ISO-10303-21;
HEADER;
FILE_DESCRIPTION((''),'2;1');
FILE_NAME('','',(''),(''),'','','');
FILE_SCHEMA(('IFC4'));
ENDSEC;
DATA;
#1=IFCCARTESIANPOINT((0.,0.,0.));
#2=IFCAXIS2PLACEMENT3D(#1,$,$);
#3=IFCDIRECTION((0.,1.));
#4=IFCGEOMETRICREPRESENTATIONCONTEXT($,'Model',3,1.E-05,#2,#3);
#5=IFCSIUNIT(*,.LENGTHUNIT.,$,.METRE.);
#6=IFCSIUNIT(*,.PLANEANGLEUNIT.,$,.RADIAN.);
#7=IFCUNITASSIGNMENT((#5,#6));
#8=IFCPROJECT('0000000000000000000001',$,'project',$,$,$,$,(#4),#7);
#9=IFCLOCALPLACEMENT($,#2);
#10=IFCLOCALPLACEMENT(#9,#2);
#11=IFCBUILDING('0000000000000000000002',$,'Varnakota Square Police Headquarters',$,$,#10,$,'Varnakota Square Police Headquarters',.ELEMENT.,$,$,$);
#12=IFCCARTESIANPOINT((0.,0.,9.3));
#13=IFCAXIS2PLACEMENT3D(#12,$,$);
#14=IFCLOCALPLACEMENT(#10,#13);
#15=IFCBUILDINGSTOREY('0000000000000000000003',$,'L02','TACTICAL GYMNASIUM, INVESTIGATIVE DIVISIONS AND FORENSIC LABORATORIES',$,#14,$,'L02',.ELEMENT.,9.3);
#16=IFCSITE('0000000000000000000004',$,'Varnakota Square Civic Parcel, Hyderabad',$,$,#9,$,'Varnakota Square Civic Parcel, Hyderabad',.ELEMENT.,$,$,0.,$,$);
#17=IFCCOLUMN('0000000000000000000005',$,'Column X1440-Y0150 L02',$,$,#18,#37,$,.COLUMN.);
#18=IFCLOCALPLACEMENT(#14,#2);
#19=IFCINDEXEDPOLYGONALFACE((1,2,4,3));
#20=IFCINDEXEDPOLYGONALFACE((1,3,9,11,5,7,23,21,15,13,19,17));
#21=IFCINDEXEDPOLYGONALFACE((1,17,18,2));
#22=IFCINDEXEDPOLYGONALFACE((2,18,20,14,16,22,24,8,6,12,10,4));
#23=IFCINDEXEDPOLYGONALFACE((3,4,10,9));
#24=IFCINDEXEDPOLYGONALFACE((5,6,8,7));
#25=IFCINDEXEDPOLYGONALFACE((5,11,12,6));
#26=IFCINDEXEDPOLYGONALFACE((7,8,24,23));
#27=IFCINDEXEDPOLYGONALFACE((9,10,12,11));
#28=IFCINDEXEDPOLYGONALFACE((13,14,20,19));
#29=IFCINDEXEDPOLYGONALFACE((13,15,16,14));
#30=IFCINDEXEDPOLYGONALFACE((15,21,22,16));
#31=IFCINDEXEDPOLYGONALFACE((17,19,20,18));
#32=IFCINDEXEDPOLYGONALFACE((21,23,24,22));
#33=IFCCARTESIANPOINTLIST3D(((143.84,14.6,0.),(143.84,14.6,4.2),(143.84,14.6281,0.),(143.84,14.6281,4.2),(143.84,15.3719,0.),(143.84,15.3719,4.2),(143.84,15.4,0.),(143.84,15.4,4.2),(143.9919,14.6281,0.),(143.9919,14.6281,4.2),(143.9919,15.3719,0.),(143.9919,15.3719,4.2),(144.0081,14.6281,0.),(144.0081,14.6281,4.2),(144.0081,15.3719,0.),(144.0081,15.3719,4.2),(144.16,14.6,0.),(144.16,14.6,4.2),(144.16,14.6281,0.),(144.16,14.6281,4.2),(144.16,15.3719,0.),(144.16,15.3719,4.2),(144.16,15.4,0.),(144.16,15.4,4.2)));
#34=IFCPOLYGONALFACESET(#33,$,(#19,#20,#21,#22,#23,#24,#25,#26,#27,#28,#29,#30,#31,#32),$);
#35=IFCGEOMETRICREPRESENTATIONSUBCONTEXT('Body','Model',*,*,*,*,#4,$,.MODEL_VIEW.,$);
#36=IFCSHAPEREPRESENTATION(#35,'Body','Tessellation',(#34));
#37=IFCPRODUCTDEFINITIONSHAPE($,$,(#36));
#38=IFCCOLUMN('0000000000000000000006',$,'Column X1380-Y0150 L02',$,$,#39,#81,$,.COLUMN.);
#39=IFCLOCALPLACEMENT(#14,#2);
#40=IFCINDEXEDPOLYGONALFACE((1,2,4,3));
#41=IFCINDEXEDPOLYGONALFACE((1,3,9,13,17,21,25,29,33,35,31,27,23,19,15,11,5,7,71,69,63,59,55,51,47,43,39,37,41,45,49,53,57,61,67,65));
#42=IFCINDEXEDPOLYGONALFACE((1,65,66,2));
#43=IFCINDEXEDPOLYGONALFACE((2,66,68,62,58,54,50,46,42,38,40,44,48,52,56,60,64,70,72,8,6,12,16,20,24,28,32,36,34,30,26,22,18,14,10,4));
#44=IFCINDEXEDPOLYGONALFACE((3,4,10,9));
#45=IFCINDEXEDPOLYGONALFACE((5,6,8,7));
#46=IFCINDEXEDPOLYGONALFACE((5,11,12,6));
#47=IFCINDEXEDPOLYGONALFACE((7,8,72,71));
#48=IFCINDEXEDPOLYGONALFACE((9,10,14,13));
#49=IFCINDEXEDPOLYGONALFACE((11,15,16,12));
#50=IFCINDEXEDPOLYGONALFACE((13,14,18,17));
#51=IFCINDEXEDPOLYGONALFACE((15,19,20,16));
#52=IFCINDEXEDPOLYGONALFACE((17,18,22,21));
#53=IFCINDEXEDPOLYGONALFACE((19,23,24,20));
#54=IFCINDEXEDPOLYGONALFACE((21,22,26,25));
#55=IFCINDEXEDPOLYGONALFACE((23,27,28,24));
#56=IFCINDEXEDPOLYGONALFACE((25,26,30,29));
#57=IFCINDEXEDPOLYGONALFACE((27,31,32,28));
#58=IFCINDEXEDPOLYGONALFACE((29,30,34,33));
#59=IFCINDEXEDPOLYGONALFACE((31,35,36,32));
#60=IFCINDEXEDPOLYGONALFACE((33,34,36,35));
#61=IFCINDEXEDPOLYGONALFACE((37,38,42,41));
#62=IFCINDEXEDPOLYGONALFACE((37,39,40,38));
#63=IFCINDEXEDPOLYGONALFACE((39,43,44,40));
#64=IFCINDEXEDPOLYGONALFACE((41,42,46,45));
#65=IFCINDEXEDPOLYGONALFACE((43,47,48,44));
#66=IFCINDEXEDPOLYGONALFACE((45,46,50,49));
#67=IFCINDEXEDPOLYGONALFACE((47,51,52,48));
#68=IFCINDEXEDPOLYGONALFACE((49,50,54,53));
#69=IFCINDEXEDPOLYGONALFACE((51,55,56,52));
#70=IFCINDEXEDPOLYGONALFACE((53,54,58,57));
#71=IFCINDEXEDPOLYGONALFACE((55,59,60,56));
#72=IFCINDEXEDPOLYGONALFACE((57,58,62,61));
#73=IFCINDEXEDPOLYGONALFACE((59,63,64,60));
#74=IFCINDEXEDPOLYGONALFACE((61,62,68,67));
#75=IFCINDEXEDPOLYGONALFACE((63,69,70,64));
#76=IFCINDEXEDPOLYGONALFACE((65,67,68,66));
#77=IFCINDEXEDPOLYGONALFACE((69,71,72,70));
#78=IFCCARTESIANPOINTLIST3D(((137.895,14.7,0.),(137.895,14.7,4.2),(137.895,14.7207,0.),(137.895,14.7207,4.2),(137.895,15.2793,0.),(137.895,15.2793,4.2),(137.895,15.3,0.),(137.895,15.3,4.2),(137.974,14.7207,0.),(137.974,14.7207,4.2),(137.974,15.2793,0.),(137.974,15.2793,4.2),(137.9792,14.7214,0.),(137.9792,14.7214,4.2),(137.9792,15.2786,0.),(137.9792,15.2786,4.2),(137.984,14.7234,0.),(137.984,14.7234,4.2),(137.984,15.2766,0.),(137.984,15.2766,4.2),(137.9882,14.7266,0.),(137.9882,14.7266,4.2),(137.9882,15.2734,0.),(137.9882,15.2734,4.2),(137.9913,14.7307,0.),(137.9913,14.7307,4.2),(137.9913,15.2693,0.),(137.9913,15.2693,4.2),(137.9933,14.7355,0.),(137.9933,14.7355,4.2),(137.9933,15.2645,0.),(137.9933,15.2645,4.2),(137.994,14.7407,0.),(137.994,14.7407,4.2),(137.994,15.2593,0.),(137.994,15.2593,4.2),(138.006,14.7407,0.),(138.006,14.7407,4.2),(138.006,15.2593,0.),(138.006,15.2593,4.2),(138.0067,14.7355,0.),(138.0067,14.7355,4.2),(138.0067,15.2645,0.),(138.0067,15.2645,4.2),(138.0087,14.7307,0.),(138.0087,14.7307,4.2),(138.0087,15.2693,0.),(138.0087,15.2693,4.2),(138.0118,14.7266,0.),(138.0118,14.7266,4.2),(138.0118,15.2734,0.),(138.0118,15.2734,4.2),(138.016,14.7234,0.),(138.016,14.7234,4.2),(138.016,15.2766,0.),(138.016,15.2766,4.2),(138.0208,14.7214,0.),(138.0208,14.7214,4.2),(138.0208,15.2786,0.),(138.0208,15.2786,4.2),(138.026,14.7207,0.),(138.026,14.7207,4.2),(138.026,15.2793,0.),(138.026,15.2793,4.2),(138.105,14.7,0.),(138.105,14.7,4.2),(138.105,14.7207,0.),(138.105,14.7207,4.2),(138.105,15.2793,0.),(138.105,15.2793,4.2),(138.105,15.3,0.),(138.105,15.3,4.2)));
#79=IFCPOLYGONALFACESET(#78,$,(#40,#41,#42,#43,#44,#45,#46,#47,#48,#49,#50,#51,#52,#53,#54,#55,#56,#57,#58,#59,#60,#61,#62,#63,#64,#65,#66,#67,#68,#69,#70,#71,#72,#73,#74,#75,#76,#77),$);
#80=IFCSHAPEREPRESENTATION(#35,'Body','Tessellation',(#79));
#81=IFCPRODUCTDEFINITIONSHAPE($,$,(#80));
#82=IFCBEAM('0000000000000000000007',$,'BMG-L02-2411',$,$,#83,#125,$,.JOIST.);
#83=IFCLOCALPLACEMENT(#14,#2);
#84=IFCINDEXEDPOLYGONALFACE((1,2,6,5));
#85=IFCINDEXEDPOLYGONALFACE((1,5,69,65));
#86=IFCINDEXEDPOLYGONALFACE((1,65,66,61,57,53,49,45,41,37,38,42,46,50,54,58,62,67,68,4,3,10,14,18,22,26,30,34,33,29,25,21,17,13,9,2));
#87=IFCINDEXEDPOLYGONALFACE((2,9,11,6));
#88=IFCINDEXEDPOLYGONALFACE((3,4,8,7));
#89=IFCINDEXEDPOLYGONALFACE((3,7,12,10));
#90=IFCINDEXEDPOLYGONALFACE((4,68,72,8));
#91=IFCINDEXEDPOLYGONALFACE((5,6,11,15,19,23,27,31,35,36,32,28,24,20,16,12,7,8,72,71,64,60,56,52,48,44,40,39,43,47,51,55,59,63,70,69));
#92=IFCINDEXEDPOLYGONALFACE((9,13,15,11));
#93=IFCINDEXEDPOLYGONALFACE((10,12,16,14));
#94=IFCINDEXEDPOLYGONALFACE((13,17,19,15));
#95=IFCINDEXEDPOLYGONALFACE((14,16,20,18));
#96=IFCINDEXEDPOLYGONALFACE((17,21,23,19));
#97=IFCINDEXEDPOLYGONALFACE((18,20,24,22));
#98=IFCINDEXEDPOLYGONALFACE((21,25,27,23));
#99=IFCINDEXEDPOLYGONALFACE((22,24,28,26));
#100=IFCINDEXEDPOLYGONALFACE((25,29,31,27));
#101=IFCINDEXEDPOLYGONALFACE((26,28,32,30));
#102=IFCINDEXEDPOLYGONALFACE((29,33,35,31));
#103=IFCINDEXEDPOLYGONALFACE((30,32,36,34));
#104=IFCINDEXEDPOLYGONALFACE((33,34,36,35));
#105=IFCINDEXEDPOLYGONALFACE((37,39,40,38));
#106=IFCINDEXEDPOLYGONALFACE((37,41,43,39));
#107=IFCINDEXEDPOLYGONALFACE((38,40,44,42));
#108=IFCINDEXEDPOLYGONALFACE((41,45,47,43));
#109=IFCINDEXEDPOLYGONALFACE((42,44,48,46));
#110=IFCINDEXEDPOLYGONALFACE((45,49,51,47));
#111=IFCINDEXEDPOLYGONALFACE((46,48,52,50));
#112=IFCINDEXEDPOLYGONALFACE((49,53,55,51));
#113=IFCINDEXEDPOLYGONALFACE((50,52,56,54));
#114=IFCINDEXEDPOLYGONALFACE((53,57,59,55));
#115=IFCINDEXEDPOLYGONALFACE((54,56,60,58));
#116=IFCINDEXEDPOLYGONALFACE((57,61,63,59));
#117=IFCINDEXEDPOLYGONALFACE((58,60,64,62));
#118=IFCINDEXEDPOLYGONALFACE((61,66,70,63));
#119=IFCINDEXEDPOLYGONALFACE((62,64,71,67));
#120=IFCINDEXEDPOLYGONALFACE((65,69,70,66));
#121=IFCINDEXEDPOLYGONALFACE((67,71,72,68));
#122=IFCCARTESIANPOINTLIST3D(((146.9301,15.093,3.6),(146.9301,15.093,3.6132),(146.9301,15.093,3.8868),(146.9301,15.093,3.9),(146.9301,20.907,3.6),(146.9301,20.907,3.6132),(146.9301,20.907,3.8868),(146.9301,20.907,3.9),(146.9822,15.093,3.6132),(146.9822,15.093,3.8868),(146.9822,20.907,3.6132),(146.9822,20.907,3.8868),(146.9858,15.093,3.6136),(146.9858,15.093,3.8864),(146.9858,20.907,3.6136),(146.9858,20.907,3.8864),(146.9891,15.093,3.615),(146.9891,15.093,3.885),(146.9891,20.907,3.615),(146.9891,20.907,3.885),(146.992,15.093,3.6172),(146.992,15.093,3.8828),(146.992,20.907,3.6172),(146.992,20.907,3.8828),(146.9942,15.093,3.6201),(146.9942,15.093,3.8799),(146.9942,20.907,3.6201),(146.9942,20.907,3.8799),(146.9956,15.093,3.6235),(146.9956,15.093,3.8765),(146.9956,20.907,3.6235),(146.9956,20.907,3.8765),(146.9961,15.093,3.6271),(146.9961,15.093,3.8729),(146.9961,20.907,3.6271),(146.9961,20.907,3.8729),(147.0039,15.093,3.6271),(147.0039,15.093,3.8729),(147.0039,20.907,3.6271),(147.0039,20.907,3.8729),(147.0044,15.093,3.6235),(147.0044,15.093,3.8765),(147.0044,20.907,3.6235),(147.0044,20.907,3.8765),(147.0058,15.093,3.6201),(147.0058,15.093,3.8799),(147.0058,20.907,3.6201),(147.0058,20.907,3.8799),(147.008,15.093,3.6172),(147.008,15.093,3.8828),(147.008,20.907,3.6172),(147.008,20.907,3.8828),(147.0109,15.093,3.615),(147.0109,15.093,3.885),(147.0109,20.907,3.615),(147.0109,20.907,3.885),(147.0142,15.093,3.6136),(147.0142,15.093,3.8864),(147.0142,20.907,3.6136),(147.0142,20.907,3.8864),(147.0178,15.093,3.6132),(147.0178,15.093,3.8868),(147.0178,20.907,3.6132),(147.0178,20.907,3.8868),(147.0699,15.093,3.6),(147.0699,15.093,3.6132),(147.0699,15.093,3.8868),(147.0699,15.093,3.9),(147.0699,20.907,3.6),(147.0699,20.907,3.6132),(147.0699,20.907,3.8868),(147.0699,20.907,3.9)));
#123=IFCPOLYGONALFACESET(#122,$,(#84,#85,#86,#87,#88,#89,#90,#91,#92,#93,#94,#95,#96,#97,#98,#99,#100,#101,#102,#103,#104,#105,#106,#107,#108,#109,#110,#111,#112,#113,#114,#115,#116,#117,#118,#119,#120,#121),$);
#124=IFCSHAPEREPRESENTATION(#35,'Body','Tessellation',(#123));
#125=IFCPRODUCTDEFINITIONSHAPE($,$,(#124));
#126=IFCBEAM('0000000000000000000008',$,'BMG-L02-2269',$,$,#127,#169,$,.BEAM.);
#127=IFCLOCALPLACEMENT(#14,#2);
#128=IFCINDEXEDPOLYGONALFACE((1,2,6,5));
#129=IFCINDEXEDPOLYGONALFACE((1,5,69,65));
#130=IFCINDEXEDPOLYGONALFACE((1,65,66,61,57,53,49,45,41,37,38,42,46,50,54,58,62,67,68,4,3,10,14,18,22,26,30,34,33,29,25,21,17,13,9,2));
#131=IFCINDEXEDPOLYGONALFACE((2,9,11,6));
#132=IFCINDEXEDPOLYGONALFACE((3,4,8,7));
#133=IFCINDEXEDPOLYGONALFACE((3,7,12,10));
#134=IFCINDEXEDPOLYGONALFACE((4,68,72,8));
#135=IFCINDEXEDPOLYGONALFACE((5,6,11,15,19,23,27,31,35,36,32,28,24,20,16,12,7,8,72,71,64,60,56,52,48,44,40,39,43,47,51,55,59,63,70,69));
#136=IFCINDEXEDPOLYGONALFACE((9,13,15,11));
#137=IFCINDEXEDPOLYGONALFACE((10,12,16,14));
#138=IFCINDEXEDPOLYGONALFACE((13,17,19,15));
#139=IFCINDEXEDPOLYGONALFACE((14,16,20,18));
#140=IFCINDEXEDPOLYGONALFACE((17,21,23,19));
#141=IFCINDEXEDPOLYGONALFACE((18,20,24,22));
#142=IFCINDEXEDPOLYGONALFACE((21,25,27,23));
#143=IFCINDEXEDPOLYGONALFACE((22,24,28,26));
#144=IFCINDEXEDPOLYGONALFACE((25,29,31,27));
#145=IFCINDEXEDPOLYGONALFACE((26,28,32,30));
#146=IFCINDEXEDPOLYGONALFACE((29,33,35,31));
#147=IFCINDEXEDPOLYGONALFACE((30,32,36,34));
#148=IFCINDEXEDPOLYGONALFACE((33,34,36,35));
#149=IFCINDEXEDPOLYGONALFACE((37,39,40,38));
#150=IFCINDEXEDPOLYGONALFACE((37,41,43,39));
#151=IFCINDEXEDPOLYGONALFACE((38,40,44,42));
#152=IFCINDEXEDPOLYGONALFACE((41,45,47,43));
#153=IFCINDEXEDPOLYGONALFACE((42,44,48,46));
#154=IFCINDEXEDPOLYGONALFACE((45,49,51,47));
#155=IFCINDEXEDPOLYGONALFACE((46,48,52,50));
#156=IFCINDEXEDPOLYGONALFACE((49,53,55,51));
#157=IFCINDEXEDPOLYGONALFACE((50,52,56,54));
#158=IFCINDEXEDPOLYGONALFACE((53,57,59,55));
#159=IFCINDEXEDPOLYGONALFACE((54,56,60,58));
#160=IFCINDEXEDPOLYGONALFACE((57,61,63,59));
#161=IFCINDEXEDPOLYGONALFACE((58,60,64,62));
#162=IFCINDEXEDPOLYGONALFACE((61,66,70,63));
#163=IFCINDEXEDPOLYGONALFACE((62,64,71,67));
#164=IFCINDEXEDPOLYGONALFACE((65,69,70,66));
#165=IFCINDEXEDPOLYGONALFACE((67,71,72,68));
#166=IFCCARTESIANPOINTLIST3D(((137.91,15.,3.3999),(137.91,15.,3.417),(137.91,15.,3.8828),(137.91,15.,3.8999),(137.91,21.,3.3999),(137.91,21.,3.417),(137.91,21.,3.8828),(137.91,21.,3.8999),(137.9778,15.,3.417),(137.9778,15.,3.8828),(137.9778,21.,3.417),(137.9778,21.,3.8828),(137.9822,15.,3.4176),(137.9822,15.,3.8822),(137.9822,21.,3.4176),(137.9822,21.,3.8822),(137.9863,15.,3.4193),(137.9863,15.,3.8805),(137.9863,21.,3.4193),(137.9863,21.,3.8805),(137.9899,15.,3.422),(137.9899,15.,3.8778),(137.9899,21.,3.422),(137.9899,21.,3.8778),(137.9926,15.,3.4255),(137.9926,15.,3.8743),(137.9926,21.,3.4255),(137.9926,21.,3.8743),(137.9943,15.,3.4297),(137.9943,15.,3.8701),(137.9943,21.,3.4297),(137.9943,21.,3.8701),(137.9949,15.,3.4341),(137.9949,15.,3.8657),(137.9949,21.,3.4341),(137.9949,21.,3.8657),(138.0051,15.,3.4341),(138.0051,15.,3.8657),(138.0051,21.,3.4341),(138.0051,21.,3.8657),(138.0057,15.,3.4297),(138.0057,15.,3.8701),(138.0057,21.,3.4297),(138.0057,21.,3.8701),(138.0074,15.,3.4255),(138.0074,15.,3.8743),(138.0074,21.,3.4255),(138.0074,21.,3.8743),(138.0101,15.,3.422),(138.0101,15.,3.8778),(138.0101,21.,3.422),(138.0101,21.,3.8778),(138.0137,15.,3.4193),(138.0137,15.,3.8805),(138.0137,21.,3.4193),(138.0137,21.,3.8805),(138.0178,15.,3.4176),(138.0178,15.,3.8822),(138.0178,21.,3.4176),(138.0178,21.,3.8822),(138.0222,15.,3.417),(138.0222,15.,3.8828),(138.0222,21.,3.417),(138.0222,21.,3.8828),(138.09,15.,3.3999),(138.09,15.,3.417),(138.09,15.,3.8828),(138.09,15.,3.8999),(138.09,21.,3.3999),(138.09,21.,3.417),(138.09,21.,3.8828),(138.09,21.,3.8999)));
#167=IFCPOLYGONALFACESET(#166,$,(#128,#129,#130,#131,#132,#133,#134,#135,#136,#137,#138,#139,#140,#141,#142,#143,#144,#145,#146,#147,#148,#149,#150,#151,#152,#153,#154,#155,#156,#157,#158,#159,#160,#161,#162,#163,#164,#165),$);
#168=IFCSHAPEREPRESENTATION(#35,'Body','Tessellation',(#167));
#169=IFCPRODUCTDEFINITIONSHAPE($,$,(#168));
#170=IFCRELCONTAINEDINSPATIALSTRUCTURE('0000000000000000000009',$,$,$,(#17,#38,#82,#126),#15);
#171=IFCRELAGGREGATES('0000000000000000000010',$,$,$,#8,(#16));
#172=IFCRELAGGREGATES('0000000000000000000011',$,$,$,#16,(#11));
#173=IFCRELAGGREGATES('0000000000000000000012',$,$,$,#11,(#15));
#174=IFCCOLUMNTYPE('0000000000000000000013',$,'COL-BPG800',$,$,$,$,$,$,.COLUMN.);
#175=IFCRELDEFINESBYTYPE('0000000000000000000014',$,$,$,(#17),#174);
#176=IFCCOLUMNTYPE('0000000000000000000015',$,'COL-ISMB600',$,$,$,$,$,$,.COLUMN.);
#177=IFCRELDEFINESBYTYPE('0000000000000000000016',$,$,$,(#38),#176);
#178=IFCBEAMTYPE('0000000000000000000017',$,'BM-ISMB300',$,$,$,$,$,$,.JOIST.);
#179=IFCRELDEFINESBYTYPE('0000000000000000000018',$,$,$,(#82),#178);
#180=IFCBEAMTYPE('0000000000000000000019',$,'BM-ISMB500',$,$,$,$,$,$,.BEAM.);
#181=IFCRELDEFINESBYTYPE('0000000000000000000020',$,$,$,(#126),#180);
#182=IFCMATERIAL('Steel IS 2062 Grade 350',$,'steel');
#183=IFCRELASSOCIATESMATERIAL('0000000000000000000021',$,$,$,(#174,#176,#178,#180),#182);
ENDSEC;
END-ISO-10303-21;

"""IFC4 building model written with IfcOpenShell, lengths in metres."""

from ifc_helpers import new_model, si_unit, direction, frame, origin, origin_2d, place, context, subcontext, project, spatial, i_section, extrude, material, material_profile, profile_set, type_object, element, save


model = new_model("IFC4")

# Units and contexts
model_context = context("Model", 3, precision=1e-05, world=origin(), true_north=direction((0.0, 1.0)))
body_context = subcontext(model_context, "Body", "Model", "MODEL_VIEW")
ifc_project = project(units=[si_unit("LENGTHUNIT", "METRE"), si_unit("PLANEANGLEUNIT", "RADIAN")], contexts=[model_context])

# Site, building, storey
site_placement = place(None, origin())
site = spatial("IfcSite", under=ifc_project, at=site_placement, Name="Varnakota Square Civic Parcel, Hyderabad", LongName="Varnakota Square Civic Parcel, Hyderabad", CompositionType="ELEMENT", RefElevation=0.0)
building_placement = place(site_placement, origin())
building = spatial("IfcBuilding", under=site, at=building_placement, Name="Varnakota Square Police Headquarters", LongName="Varnakota Square Police Headquarters", CompositionType="ELEMENT")
storey_placement = place(building_placement, frame((0.0, 0.0, 9.3)))
storey = spatial("IfcBuildingStorey", under=building, at=storey_placement, Name="L02", Description="TACTICAL GYMNASIUM, INVESTIGATIVE DIVISIONS AND FORENSIC LABORATORIES", LongName="L02", CompositionType="ELEMENT", Elevation=9.3)

# Columns
ifc_material_1 = material(Name="Steel IS 2062 Grade 350", Category="steel")
ifc_material_profile_1 = material_profile(ifc_material_1, i_section(OverallWidth=0.3201, OverallDepth=0.8, WebThickness=0.0161, FlangeThickness=0.0281, at=origin_2d()), Name="BPG 800x320")
ifc_profile_set_1 = profile_set([ifc_material_profile_1], Name="Steel IS 2062 Grade 350")
column_type_1 = type_object("IfcColumnType", Name="COL-BPG800", PredefinedType="COLUMN", material=ifc_profile_set_1)
column_1_placement = place(storey_placement, frame((144.0, 15.0, 0.0), z_axis=(0.0, 0.0, 1.0), x_axis=(1.0, 0.0, 0.0)))
element("IfcColumn", 1, at=column_1_placement, inside=storey, type_object=column_type_1, Name="Column X1440-Y0150 L02", PredefinedType="COLUMN", context=body_context, shape_type="SweptSolid", body=[
    extrude(i_section(OverallWidth=0.3201, OverallDepth=0.8, WebThickness=0.0161, FlangeThickness=0.0281, at=origin_2d()), origin(), (0.0, 0.0, 1.0), 4.2),
])
ifc_material_profile_2 = material_profile(ifc_material_1, i_section(OverallWidth=0.21, OverallDepth=0.6001, WebThickness=0.012, FlangeThickness=0.0208, FilletRadius=0.02, at=origin_2d()), Name="ISMB 600")
ifc_profile_set_2 = profile_set([ifc_material_profile_2], Name="Steel IS 2062 Grade 350")
column_type_2 = type_object("IfcColumnType", Name="COL-ISMB600", PredefinedType="COLUMN", material=ifc_profile_set_2)
column_2_placement = place(storey_placement, frame((138.0, 15.0, 0.0), z_axis=(0.0, 0.0, 1.0), x_axis=(1.0, 0.0, 0.0)))
element("IfcColumn", 2, at=column_2_placement, inside=storey, type_object=column_type_2, Name="Column X1380-Y0150 L02", PredefinedType="COLUMN", context=body_context, shape_type="SweptSolid", body=[
    extrude(i_section(OverallWidth=0.21, OverallDepth=0.6001, WebThickness=0.012, FlangeThickness=0.0208, FilletRadius=0.02, at=origin_2d()), origin(), (0.0, 0.0, 1.0), 4.2),
])

# Beams
ifc_material_profile_3 = material_profile(ifc_material_1, i_section(OverallWidth=0.1399, OverallDepth=0.3, WebThickness=0.0078, FlangeThickness=0.0132, FilletRadius=0.0139, at=origin_2d()), Name="ISMB 300")
ifc_profile_set_3 = profile_set([ifc_material_profile_3], Name="Steel IS 2062 Grade 350")
beam_type_1 = type_object("IfcBeamType", Name="BM-ISMB300", PredefinedType="JOIST", material=ifc_profile_set_3)
beam_1_placement = place(storey_placement, frame((147.0, 15.093, 3.75), z_axis=(0.0, 1.0, 0.0), x_axis=(-1.0, 0.0, 0.0)))
element("IfcBeam", 3, at=beam_1_placement, inside=storey, type_object=beam_type_1, Name="BMG-L02-2411", PredefinedType="JOIST", context=body_context, shape_type="SweptSolid", body=[
    extrude(i_section(OverallWidth=0.1399, OverallDepth=0.3, WebThickness=0.0078, FlangeThickness=0.0132, FilletRadius=0.0139, at=origin_2d()), origin(), (0.0, 0.0, 1.0), 5.814),
])
ifc_material_profile_4 = material_profile(ifc_material_1, i_section(OverallWidth=0.1799, OverallDepth=0.5, WebThickness=0.0103, FlangeThickness=0.0171, FilletRadius=0.0171, at=origin_2d()), Name="ISMB 500")
ifc_profile_set_4 = profile_set([ifc_material_profile_4], Name="Steel IS 2062 Grade 350")
beam_type_2 = type_object("IfcBeamType", Name="BM-ISMB500", PredefinedType="BEAM", material=ifc_profile_set_4)
for number, where, z_axis, x_axis, name in (
    (4, (138.0, 15.0, 3.6499), (0.0, 1.0, 0.0), (-1.0, 0.0, 0.0), "BMG-L02-2269"),
):
    element("IfcBeam", number, at=place(storey_placement, frame(where, z_axis=z_axis, x_axis=x_axis)), inside=storey, type_object=beam_type_2, Name=name, PredefinedType="BEAM", context=body_context, shape_type="SweptSolid", body=[
        extrude(i_section(OverallWidth=0.1799, OverallDepth=0.5, WebThickness=0.0103, FlangeThickness=0.0171, FilletRadius=0.0171, at=origin_2d()), origin(), (0.0, 0.0, 1.0), 6.0),
    ])

save(model, "model.ifc")
